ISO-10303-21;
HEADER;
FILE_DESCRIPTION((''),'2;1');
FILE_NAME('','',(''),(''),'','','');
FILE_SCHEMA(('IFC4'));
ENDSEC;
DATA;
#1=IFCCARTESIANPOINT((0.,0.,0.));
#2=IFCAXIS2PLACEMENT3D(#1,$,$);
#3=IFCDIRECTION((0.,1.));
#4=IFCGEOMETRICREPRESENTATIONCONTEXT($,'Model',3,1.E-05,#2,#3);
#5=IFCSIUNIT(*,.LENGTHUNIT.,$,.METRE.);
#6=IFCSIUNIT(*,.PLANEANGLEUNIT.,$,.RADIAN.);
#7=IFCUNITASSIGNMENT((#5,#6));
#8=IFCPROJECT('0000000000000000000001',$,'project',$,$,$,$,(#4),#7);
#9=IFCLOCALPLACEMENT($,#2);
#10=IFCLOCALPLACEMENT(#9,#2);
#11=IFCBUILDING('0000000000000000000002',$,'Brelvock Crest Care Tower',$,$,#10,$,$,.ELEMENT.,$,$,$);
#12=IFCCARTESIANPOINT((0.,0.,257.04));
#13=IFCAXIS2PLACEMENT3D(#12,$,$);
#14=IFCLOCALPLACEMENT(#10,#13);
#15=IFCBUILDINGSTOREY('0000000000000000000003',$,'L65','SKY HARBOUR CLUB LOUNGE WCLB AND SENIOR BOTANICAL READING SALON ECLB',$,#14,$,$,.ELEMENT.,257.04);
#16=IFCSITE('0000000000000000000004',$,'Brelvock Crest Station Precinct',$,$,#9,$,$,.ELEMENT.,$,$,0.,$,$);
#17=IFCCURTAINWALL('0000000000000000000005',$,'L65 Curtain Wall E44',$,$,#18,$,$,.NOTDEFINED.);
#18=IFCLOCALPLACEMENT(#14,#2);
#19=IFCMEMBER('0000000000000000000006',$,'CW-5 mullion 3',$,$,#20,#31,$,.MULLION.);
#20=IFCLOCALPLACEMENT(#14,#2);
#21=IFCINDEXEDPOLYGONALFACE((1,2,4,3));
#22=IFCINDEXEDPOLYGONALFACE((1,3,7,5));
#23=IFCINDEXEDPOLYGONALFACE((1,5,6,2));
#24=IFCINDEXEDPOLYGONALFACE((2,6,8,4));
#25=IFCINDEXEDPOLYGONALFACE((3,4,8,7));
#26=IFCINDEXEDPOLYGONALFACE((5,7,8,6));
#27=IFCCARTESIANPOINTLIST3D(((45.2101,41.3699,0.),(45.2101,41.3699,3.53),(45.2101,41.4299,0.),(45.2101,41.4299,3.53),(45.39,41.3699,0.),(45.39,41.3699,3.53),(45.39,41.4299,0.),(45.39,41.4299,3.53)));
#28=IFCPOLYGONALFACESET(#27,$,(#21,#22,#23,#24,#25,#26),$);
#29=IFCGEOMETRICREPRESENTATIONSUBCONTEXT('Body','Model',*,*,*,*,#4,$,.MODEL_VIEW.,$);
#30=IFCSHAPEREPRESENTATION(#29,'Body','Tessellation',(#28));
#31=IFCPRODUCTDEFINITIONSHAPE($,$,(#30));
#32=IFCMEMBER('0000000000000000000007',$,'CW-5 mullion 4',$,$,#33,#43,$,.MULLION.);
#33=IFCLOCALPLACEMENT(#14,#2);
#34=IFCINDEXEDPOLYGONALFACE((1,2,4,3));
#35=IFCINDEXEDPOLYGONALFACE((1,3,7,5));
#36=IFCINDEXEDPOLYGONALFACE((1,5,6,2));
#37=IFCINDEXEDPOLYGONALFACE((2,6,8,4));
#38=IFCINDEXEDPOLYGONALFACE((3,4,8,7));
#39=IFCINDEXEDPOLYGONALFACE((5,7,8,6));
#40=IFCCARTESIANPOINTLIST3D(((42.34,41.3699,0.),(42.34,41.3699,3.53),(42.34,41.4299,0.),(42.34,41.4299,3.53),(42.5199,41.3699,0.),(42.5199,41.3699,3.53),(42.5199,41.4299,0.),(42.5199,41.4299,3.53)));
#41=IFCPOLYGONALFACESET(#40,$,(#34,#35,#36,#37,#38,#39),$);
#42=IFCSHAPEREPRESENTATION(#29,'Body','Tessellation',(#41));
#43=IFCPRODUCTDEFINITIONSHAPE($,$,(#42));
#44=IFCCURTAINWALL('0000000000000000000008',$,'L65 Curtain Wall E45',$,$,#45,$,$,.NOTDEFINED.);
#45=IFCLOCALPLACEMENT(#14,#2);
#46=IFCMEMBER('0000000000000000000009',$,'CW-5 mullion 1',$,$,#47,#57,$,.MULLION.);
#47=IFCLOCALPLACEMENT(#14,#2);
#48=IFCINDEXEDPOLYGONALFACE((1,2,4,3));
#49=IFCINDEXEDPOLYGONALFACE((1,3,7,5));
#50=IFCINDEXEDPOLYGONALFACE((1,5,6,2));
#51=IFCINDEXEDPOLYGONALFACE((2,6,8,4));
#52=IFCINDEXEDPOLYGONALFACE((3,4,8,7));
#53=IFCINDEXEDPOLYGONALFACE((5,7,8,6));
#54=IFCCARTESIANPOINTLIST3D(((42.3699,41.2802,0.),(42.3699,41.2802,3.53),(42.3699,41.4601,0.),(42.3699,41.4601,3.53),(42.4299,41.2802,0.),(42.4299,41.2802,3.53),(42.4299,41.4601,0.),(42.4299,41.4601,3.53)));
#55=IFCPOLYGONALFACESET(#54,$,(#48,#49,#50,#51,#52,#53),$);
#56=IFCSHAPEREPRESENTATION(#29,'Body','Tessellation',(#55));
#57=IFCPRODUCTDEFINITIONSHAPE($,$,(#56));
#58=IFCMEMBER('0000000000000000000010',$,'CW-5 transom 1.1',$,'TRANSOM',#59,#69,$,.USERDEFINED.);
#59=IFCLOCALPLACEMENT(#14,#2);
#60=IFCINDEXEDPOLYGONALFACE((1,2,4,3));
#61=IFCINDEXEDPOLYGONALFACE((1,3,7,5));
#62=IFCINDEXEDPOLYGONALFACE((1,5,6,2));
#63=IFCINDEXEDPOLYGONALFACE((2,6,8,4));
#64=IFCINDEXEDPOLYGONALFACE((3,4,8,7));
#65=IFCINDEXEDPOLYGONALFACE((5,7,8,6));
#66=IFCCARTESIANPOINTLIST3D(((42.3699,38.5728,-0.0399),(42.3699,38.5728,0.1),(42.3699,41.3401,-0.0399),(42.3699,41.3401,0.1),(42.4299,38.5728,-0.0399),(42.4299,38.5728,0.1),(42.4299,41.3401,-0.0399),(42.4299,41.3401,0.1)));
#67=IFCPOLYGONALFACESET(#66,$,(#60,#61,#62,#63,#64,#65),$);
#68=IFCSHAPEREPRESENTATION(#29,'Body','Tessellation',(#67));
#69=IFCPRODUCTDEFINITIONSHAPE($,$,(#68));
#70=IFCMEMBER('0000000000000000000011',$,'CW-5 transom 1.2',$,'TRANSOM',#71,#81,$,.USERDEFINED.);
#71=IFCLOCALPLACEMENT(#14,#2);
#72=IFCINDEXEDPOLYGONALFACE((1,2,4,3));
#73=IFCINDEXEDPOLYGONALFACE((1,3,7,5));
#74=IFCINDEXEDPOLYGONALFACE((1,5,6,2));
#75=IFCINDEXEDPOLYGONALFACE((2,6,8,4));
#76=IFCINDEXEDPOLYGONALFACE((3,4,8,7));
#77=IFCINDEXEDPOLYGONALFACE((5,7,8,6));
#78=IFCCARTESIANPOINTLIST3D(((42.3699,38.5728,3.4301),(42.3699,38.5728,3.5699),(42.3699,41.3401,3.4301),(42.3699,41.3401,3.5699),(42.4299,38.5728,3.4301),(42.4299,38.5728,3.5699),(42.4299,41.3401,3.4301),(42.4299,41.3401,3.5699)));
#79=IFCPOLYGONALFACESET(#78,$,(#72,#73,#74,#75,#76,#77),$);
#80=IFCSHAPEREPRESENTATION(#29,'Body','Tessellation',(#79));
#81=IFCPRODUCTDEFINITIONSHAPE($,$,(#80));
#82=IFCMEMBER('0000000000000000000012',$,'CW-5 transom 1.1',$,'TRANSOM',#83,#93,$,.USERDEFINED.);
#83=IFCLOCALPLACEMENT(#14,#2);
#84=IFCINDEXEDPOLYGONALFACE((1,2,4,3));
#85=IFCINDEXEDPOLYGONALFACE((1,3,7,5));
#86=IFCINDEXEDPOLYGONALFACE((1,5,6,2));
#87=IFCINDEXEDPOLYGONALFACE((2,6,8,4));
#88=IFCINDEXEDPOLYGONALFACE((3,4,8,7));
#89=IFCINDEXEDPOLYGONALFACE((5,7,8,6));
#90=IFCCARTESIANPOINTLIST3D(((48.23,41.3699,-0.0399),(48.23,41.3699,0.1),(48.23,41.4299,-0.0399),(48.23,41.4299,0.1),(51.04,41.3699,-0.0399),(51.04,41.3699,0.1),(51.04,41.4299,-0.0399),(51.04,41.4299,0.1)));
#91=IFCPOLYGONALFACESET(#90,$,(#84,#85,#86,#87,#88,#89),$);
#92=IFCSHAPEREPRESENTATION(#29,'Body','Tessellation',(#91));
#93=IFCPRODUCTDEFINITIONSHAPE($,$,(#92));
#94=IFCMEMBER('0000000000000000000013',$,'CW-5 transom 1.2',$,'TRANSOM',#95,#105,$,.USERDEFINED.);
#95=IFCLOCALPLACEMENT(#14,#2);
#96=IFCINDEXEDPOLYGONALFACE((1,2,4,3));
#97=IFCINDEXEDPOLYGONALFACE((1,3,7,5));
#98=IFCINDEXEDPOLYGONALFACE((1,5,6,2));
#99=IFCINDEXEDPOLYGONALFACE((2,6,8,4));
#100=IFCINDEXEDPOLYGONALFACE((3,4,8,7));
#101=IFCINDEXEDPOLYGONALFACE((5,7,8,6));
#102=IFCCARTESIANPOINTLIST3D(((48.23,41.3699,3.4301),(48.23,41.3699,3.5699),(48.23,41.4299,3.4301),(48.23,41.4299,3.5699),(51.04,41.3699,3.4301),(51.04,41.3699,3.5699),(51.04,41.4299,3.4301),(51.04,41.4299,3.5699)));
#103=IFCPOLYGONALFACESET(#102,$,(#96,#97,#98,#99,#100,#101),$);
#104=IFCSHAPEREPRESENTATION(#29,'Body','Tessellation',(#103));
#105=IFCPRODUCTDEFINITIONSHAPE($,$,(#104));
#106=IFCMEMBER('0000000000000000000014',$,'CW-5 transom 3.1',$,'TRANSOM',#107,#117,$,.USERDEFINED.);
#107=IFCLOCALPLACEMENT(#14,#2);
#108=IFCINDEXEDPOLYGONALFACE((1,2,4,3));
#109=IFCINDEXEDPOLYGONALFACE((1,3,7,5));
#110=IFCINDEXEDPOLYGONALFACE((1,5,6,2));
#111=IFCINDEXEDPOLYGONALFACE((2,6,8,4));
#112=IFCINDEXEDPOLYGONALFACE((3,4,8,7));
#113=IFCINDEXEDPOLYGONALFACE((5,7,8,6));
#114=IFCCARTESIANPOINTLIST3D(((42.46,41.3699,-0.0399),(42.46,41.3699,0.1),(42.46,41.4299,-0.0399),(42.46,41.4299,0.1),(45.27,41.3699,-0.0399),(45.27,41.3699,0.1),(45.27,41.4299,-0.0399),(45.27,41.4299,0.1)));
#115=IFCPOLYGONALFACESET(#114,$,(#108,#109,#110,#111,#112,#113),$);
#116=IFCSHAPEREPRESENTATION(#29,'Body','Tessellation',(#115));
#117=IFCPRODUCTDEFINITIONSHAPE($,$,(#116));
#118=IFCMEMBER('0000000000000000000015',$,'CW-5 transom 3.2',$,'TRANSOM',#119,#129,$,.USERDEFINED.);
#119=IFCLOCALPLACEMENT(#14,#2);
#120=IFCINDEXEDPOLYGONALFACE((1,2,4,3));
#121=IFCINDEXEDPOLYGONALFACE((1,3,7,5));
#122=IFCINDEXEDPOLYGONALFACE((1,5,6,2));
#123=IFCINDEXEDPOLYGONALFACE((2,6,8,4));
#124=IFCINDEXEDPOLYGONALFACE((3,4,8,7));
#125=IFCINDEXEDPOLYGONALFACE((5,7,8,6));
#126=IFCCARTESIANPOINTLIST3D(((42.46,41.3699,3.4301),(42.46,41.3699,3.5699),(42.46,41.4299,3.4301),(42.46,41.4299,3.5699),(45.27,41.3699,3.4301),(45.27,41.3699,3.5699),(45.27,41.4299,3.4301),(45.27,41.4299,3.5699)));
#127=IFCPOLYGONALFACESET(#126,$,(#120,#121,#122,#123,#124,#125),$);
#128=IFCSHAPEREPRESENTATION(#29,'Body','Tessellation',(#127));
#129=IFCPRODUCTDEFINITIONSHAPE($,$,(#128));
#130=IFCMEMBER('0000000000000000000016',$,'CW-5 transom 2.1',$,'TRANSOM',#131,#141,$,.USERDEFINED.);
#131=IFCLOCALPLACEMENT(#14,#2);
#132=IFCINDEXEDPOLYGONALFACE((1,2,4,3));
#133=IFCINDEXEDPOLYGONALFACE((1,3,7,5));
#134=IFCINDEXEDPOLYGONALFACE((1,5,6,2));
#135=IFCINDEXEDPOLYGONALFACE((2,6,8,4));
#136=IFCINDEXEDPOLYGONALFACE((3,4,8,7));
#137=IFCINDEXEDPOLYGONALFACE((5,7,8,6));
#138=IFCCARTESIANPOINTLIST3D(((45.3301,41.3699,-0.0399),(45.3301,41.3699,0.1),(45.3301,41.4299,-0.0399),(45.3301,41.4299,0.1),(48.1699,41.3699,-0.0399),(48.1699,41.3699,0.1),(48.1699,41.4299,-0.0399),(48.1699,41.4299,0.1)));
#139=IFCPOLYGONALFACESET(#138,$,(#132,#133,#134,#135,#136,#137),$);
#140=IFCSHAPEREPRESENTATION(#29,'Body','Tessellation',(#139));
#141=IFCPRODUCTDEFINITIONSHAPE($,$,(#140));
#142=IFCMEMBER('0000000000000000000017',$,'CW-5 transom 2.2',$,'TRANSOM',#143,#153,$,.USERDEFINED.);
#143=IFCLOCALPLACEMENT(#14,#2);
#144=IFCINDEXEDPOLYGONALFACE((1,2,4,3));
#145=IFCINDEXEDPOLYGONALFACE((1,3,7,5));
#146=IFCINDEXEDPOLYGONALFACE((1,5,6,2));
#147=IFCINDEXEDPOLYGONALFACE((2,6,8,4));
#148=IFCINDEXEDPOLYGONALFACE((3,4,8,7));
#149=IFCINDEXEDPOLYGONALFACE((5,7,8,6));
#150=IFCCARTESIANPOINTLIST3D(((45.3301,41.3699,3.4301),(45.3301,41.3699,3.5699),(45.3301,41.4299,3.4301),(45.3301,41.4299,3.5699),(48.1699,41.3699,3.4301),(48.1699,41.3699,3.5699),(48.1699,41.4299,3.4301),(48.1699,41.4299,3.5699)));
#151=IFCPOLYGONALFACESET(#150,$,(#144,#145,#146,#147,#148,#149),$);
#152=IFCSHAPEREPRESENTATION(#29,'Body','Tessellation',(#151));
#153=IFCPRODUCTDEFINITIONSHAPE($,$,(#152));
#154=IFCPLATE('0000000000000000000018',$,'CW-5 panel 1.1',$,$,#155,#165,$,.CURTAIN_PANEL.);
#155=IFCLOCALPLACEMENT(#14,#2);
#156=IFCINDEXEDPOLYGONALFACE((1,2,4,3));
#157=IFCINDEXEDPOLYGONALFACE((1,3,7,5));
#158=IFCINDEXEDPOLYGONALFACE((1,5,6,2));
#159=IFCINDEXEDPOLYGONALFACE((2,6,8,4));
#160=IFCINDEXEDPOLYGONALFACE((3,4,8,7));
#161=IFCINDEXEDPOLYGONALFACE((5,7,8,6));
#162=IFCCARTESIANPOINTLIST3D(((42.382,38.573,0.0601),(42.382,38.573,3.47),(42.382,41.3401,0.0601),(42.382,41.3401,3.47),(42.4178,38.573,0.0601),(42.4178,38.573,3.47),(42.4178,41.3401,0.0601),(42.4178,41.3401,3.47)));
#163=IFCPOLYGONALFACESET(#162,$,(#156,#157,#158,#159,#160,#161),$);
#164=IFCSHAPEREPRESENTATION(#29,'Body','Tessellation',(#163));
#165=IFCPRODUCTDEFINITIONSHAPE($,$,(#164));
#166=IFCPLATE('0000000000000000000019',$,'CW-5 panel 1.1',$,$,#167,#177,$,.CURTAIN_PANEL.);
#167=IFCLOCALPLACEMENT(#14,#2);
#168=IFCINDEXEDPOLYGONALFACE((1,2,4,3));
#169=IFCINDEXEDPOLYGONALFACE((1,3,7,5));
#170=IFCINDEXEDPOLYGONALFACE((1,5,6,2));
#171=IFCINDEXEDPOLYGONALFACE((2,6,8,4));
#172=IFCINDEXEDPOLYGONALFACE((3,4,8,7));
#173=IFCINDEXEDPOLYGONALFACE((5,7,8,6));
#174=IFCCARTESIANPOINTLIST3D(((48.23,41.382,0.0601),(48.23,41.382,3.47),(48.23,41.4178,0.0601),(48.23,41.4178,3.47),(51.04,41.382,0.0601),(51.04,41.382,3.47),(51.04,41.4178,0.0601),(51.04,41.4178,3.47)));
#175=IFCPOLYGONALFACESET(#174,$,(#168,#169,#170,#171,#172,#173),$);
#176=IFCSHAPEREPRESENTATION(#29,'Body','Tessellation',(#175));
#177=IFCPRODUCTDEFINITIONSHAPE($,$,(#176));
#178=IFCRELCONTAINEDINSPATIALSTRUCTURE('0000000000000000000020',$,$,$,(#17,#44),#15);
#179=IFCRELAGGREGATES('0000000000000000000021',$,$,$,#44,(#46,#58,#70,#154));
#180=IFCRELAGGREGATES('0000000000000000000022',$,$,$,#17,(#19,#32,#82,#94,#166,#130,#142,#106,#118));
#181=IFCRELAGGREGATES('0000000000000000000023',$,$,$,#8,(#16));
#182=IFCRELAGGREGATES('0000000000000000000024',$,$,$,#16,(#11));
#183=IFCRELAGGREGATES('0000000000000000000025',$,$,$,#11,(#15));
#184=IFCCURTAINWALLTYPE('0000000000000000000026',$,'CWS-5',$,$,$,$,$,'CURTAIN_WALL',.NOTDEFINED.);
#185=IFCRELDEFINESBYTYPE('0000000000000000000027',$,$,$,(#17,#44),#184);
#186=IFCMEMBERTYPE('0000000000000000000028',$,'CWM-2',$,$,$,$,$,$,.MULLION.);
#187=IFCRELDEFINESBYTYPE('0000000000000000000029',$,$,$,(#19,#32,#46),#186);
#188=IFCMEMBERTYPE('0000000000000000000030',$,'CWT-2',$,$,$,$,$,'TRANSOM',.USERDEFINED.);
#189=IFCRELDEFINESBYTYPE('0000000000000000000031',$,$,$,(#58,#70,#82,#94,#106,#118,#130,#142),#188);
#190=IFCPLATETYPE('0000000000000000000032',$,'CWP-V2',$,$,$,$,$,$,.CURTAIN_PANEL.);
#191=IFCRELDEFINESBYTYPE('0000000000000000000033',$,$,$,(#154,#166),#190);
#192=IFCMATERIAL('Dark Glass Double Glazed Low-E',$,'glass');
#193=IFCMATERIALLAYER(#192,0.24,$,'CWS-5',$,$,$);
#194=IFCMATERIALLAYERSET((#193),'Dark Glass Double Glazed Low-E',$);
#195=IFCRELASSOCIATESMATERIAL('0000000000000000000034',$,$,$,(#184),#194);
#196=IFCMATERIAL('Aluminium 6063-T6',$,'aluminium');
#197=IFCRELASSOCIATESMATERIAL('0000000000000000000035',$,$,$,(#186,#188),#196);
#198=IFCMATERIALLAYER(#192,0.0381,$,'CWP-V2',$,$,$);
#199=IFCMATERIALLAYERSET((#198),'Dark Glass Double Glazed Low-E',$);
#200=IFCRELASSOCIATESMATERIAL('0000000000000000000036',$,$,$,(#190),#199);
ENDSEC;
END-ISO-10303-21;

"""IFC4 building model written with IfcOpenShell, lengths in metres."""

from ifc_helpers import new_model, si_unit, direction, frame, origin, origin_2d, place, context, subcontext, project, spatial, rectangle, extrude, source, transform, mapped, material, layer, layer_set, material_profile, profile_set, type_object, element, aggregate, save


model = new_model("IFC4")

# Units and contexts
model_context = context("Model", 3, precision=1e-05, world=origin(), true_north=direction((0.0, 1.0)))
body_context = subcontext(model_context, "Body", "Model", "MODEL_VIEW")
ifc_project = project(units=[si_unit("LENGTHUNIT", "METRE"), si_unit("PLANEANGLEUNIT", "RADIAN")], contexts=[model_context])

# Site, building, storey
site_placement = place(None, origin())
site = spatial("IfcSite", under=ifc_project, at=site_placement, Name="Brelvock Crest Station Precinct", CompositionType="ELEMENT", RefElevation=0.0)
building_placement = place(site_placement, origin())
building = spatial("IfcBuilding", under=site, at=building_placement, Name="Brelvock Crest Care Tower", CompositionType="ELEMENT")
storey_placement = place(building_placement, frame((0.0, 0.0, 257.04)))
storey = spatial("IfcBuildingStorey", under=building, at=storey_placement, Name="L65", Description="SKY HARBOUR CLUB LOUNGE WCLB AND SENIOR BOTANICAL READING SALON ECLB", CompositionType="ELEMENT", Elevation=257.04)

# Curtain walls, members
ifc_material_1 = material(Name="Dark Glass Double Glazed Low-E", Category="glass")
ifc_layer_1 = layer(ifc_material_1, 0.24, Name="CWS-5")
ifc_layer_set_1 = layer_set([ifc_layer_1], Name="Dark Glass Double Glazed Low-E")
curtain_wall_type = type_object("IfcCurtainWallType", Name="CWS-5", ElementType="CURTAIN_WALL", PredefinedType="NOTDEFINED", material=ifc_layer_set_1)
curtain_wall_1_placement = place(storey_placement, origin())
curtain_wall_1 = element("IfcCurtainWall", 1, at=curtain_wall_1_placement, inside=storey, type_object=curtain_wall_type, Name="L65 Curtain Wall E44", PredefinedType="NOTDEFINED")
ifc_material_2 = material(Name="Aluminium 6063-T6", Category="aluminium")
ifc_material_profile_1 = material_profile(ifc_material_2, rectangle(XDim=0.0601, YDim=0.1799, at=origin_2d()), Name="ALU60x180")
ifc_profile_set_1 = profile_set([ifc_material_profile_1], Name="Aluminium 6063-T6")
member_type_1 = type_object("IfcMemberType", Name="CWM-2", PredefinedType="MULLION", material=ifc_profile_set_1)
shared_shape_1 = source(origin(), body_context, "Body", "SweptSolid", [
    extrude(rectangle(XDim=0.0601, YDim=0.1799, at=origin_2d()), origin(), (0.0, 0.0, 1.0), 3.53),
])
member_1_placement = place(storey_placement, frame((45.3, 41.3999, 0.0), z_axis=(0.0, 0.0, 1.0), x_axis=(0.0, -1.0, 0.0)))
member_1 = element("IfcMember", 2, at=member_1_placement, type_object=member_type_1, Name="CW-5 mullion 3", PredefinedType="MULLION", context=body_context, shape_type="MappedRepresentation", body=[
    mapped(shared_shape_1, transform((0.0, 0.0, 0.0), x_axis=(1.0, 0.0, 0.0), y_axis=(0.0, 1.0, 0.0), z_axis=(0.0, 0.0, 1.0), scale=1.0)),
])
member_2_placement = place(storey_placement, frame((42.4299, 41.3999, 0.0), z_axis=(0.0, 0.0, 1.0), x_axis=(0.0, -1.0, 0.0)))
member_2 = element("IfcMember", 3, at=member_2_placement, type_object=member_type_1, Name="CW-5 mullion 4", PredefinedType="MULLION", context=body_context, shape_type="MappedRepresentation", body=[
    mapped(shared_shape_1, transform((0.0, 0.0, 0.0), x_axis=(1.0, 0.0, 0.0), y_axis=(0.0, 1.0, 0.0), z_axis=(0.0, 0.0, 1.0), scale=1.0)),
])
curtain_wall_2_placement = place(storey_placement, origin())
curtain_wall_2 = element("IfcCurtainWall", 4, at=curtain_wall_2_placement, inside=storey, type_object=curtain_wall_type, Name="L65 Curtain Wall E45", PredefinedType="NOTDEFINED")
member_3_placement = place(storey_placement, frame((42.3999, 41.3701, 0.0), z_axis=(0.0, 0.0, 1.0), x_axis=(1.0, 0.0, 0.0)))
member_3 = element("IfcMember", 5, at=member_3_placement, type_object=member_type_1, Name="CW-5 mullion 1", PredefinedType="MULLION", context=body_context, shape_type="MappedRepresentation", body=[
    mapped(shared_shape_1, transform((0.0, 0.0, 0.0), x_axis=(1.0, 0.0, 0.0), y_axis=(0.0, 1.0, 0.0), z_axis=(0.0, 0.0, 1.0), scale=1.0)),
])
ifc_material_profile_2 = material_profile(ifc_material_2, rectangle(XDim=0.0601, YDim=0.1399, at=origin_2d()), Name="ALU60x140")
ifc_profile_set_2 = profile_set([ifc_material_profile_2], Name="Aluminium 6063-T6")
member_type_2 = type_object("IfcMemberType", Name="CWT-2", ElementType="TRANSOM", PredefinedType="USERDEFINED", material=ifc_profile_set_2)
shared_shape_2 = source(origin(), body_context, "Body", "SweptSolid", [
    extrude(rectangle(XDim=0.0601, YDim=0.1399, at=origin_2d()), origin(), (0.0, 0.0, 1.0), 2.7673),
])
member_4_placement = place(storey_placement, frame((42.3999, 41.3401, 0.03), z_axis=(0.0, -1.0, 0.0), x_axis=(1.0, 0.0, 0.0)))
member_4 = element("IfcMember", 6, at=member_4_placement, type_object=member_type_2, Name="CW-5 transom 1.1", ObjectType="TRANSOM", PredefinedType="USERDEFINED", context=body_context, shape_type="MappedRepresentation", body=[
    mapped(shared_shape_2, transform((0.0, 0.0, 0.0), x_axis=(1.0, 0.0, 0.0), y_axis=(0.0, 1.0, 0.0), z_axis=(0.0, 0.0, 1.0), scale=1.0)),
])
member_5_placement = place(storey_placement, frame((42.3999, 41.3401, 3.5), z_axis=(0.0, -1.0, 0.0), x_axis=(1.0, 0.0, 0.0)))
member_5 = element("IfcMember", 7, at=member_5_placement, type_object=member_type_2, Name="CW-5 transom 1.2", ObjectType="TRANSOM", PredefinedType="USERDEFINED", context=body_context, shape_type="MappedRepresentation", body=[
    mapped(shared_shape_2, transform((0.0, 0.0, 0.0), x_axis=(1.0, 0.0, 0.0), y_axis=(0.0, 1.0, 0.0), z_axis=(0.0, 0.0, 1.0), scale=1.0)),
])

# Members
shared_shape_3 = source(origin(), body_context, "Body", "SweptSolid", [
    extrude(rectangle(XDim=0.0601, YDim=0.1399, at=origin_2d()), origin(), (0.0, 0.0, 1.0), 2.8101),
])
member_6_placement = place(storey_placement, frame((51.04, 41.3999, 0.03), z_axis=(-1.0, 0.0, 0.0), x_axis=(0.0, -1.0, 0.0)))
member_6 = element("IfcMember", 8, at=member_6_placement, type_object=member_type_2, Name="CW-5 transom 1.1", ObjectType="TRANSOM", PredefinedType="USERDEFINED", context=body_context, shape_type="MappedRepresentation", body=[
    mapped(shared_shape_3, transform((0.0, 0.0, 0.0), x_axis=(1.0, 0.0, 0.0), y_axis=(0.0, 1.0, 0.0), z_axis=(0.0, 0.0, 1.0), scale=1.0)),
])
member_7_placement = place(storey_placement, frame((51.04, 41.3999, 3.5), z_axis=(-1.0, 0.0, 0.0), x_axis=(0.0, -1.0, 0.0)))
member_7 = element("IfcMember", 9, at=member_7_placement, type_object=member_type_2, Name="CW-5 transom 1.2", ObjectType="TRANSOM", PredefinedType="USERDEFINED", context=body_context, shape_type="MappedRepresentation", body=[
    mapped(shared_shape_3, transform((0.0, 0.0, 0.0), x_axis=(1.0, 0.0, 0.0), y_axis=(0.0, 1.0, 0.0), z_axis=(0.0, 0.0, 1.0), scale=1.0)),
])
member_8_placement = place(storey_placement, frame((45.27, 41.3999, 0.03), z_axis=(-1.0, 0.0, 0.0), x_axis=(0.0, -1.0, 0.0)))
member_8 = element("IfcMember", 10, at=member_8_placement, type_object=member_type_2, Name="CW-5 transom 3.1", ObjectType="TRANSOM", PredefinedType="USERDEFINED", context=body_context, shape_type="MappedRepresentation", body=[
    mapped(shared_shape_3, transform((0.0, 0.0, 0.0), x_axis=(1.0, 0.0, 0.0), y_axis=(0.0, 1.0, 0.0), z_axis=(0.0, 0.0, 1.0), scale=1.0)),
])
member_9_placement = place(storey_placement, frame((45.27, 41.3999, 3.5), z_axis=(-1.0, 0.0, 0.0), x_axis=(0.0, -1.0, 0.0)))
member_9 = element("IfcMember", 11, at=member_9_placement, type_object=member_type_2, Name="CW-5 transom 3.2", ObjectType="TRANSOM", PredefinedType="USERDEFINED", context=body_context, shape_type="MappedRepresentation", body=[
    mapped(shared_shape_3, transform((0.0, 0.0, 0.0), x_axis=(1.0, 0.0, 0.0), y_axis=(0.0, 1.0, 0.0), z_axis=(0.0, 0.0, 1.0), scale=1.0)),
])
shared_shape_4 = source(origin(), body_context, "Body", "SweptSolid", [
    extrude(rectangle(XDim=0.0601, YDim=0.1399, at=origin_2d()), origin(), (0.0, 0.0, 1.0), 2.8398),
])
member_10_placement = place(storey_placement, frame((48.1699, 41.3999, 0.03), z_axis=(-1.0, 0.0, 0.0), x_axis=(0.0, -1.0, 0.0)))
member_10 = element("IfcMember", 12, at=member_10_placement, type_object=member_type_2, Name="CW-5 transom 2.1", ObjectType="TRANSOM", PredefinedType="USERDEFINED", context=body_context, shape_type="MappedRepresentation", body=[
    mapped(shared_shape_4, transform((0.0, 0.0, 0.0), x_axis=(1.0, 0.0, 0.0), y_axis=(0.0, 1.0, 0.0), z_axis=(0.0, 0.0, 1.0), scale=1.0)),
])
member_11_placement = place(storey_placement, frame((48.1699, 41.3999, 3.5), z_axis=(-1.0, 0.0, 0.0), x_axis=(0.0, -1.0, 0.0)))
member_11 = element("IfcMember", 13, at=member_11_placement, type_object=member_type_2, Name="CW-5 transom 2.2", ObjectType="TRANSOM", PredefinedType="USERDEFINED", context=body_context, shape_type="MappedRepresentation", body=[
    mapped(shared_shape_4, transform((0.0, 0.0, 0.0), x_axis=(1.0, 0.0, 0.0), y_axis=(0.0, 1.0, 0.0), z_axis=(0.0, 0.0, 1.0), scale=1.0)),
])

# Plates
ifc_layer_2 = layer(ifc_material_1, 0.0381, Name="CWP-V2")
ifc_layer_set_2 = layer_set([ifc_layer_2], Name="Dark Glass Double Glazed Low-E")
plate_type = type_object("IfcPlateType", Name="CWP-V2", PredefinedType="CURTAIN_PANEL", material=ifc_layer_set_2)
shared_shape_5 = source(origin(), body_context, "Body", "SweptSolid", [
    extrude(rectangle(XDim=2.7671, YDim=0.0359, at=origin_2d()), origin(), (0.0, 0.0, 1.0), 3.4099),
])
plate_1_placement = place(storey_placement, frame((42.3999, 39.9565, 0.0601), z_axis=(0.0, 0.0, 1.0), x_axis=(0.0, -1.0, 0.0)))
plate_1 = element("IfcPlate", 14, at=plate_1_placement, type_object=plate_type, Name="CW-5 panel 1.1", PredefinedType="CURTAIN_PANEL", context=body_context, shape_type="MappedRepresentation", body=[
    mapped(shared_shape_5, transform((0.0, 0.0, 0.0), x_axis=(1.0, 0.0, 0.0), y_axis=(0.0, 1.0, 0.0), z_axis=(0.0, 0.0, 1.0), scale=1.0)),
])
aggregate(curtain_wall_2, [member_3, member_4, member_5, plate_1])
shared_shape_6 = source(origin(), body_context, "Body", "SweptSolid", [
    extrude(rectangle(XDim=2.8101, YDim=0.0359, at=origin_2d()), origin(), (0.0, 0.0, 1.0), 3.4099),
])
plate_2_placement = place(storey_placement, frame((49.635, 41.3999, 0.0601), z_axis=(0.0, 0.0, 1.0), x_axis=(-1.0, 0.0, 0.0)))
plate_2 = element("IfcPlate", 15, at=plate_2_placement, type_object=plate_type, Name="CW-5 panel 1.1", PredefinedType="CURTAIN_PANEL", context=body_context, shape_type="MappedRepresentation", body=[
    mapped(shared_shape_6, transform((0.0, 0.0, 0.0), x_axis=(1.0, 0.0, 0.0), y_axis=(0.0, 1.0, 0.0), z_axis=(0.0, 0.0, 1.0), scale=1.0)),
])
aggregate(curtain_wall_1, [member_1, member_2, member_6, member_7, plate_2, member_10, member_11, member_8, member_9])

save(model, "model.ifc")
